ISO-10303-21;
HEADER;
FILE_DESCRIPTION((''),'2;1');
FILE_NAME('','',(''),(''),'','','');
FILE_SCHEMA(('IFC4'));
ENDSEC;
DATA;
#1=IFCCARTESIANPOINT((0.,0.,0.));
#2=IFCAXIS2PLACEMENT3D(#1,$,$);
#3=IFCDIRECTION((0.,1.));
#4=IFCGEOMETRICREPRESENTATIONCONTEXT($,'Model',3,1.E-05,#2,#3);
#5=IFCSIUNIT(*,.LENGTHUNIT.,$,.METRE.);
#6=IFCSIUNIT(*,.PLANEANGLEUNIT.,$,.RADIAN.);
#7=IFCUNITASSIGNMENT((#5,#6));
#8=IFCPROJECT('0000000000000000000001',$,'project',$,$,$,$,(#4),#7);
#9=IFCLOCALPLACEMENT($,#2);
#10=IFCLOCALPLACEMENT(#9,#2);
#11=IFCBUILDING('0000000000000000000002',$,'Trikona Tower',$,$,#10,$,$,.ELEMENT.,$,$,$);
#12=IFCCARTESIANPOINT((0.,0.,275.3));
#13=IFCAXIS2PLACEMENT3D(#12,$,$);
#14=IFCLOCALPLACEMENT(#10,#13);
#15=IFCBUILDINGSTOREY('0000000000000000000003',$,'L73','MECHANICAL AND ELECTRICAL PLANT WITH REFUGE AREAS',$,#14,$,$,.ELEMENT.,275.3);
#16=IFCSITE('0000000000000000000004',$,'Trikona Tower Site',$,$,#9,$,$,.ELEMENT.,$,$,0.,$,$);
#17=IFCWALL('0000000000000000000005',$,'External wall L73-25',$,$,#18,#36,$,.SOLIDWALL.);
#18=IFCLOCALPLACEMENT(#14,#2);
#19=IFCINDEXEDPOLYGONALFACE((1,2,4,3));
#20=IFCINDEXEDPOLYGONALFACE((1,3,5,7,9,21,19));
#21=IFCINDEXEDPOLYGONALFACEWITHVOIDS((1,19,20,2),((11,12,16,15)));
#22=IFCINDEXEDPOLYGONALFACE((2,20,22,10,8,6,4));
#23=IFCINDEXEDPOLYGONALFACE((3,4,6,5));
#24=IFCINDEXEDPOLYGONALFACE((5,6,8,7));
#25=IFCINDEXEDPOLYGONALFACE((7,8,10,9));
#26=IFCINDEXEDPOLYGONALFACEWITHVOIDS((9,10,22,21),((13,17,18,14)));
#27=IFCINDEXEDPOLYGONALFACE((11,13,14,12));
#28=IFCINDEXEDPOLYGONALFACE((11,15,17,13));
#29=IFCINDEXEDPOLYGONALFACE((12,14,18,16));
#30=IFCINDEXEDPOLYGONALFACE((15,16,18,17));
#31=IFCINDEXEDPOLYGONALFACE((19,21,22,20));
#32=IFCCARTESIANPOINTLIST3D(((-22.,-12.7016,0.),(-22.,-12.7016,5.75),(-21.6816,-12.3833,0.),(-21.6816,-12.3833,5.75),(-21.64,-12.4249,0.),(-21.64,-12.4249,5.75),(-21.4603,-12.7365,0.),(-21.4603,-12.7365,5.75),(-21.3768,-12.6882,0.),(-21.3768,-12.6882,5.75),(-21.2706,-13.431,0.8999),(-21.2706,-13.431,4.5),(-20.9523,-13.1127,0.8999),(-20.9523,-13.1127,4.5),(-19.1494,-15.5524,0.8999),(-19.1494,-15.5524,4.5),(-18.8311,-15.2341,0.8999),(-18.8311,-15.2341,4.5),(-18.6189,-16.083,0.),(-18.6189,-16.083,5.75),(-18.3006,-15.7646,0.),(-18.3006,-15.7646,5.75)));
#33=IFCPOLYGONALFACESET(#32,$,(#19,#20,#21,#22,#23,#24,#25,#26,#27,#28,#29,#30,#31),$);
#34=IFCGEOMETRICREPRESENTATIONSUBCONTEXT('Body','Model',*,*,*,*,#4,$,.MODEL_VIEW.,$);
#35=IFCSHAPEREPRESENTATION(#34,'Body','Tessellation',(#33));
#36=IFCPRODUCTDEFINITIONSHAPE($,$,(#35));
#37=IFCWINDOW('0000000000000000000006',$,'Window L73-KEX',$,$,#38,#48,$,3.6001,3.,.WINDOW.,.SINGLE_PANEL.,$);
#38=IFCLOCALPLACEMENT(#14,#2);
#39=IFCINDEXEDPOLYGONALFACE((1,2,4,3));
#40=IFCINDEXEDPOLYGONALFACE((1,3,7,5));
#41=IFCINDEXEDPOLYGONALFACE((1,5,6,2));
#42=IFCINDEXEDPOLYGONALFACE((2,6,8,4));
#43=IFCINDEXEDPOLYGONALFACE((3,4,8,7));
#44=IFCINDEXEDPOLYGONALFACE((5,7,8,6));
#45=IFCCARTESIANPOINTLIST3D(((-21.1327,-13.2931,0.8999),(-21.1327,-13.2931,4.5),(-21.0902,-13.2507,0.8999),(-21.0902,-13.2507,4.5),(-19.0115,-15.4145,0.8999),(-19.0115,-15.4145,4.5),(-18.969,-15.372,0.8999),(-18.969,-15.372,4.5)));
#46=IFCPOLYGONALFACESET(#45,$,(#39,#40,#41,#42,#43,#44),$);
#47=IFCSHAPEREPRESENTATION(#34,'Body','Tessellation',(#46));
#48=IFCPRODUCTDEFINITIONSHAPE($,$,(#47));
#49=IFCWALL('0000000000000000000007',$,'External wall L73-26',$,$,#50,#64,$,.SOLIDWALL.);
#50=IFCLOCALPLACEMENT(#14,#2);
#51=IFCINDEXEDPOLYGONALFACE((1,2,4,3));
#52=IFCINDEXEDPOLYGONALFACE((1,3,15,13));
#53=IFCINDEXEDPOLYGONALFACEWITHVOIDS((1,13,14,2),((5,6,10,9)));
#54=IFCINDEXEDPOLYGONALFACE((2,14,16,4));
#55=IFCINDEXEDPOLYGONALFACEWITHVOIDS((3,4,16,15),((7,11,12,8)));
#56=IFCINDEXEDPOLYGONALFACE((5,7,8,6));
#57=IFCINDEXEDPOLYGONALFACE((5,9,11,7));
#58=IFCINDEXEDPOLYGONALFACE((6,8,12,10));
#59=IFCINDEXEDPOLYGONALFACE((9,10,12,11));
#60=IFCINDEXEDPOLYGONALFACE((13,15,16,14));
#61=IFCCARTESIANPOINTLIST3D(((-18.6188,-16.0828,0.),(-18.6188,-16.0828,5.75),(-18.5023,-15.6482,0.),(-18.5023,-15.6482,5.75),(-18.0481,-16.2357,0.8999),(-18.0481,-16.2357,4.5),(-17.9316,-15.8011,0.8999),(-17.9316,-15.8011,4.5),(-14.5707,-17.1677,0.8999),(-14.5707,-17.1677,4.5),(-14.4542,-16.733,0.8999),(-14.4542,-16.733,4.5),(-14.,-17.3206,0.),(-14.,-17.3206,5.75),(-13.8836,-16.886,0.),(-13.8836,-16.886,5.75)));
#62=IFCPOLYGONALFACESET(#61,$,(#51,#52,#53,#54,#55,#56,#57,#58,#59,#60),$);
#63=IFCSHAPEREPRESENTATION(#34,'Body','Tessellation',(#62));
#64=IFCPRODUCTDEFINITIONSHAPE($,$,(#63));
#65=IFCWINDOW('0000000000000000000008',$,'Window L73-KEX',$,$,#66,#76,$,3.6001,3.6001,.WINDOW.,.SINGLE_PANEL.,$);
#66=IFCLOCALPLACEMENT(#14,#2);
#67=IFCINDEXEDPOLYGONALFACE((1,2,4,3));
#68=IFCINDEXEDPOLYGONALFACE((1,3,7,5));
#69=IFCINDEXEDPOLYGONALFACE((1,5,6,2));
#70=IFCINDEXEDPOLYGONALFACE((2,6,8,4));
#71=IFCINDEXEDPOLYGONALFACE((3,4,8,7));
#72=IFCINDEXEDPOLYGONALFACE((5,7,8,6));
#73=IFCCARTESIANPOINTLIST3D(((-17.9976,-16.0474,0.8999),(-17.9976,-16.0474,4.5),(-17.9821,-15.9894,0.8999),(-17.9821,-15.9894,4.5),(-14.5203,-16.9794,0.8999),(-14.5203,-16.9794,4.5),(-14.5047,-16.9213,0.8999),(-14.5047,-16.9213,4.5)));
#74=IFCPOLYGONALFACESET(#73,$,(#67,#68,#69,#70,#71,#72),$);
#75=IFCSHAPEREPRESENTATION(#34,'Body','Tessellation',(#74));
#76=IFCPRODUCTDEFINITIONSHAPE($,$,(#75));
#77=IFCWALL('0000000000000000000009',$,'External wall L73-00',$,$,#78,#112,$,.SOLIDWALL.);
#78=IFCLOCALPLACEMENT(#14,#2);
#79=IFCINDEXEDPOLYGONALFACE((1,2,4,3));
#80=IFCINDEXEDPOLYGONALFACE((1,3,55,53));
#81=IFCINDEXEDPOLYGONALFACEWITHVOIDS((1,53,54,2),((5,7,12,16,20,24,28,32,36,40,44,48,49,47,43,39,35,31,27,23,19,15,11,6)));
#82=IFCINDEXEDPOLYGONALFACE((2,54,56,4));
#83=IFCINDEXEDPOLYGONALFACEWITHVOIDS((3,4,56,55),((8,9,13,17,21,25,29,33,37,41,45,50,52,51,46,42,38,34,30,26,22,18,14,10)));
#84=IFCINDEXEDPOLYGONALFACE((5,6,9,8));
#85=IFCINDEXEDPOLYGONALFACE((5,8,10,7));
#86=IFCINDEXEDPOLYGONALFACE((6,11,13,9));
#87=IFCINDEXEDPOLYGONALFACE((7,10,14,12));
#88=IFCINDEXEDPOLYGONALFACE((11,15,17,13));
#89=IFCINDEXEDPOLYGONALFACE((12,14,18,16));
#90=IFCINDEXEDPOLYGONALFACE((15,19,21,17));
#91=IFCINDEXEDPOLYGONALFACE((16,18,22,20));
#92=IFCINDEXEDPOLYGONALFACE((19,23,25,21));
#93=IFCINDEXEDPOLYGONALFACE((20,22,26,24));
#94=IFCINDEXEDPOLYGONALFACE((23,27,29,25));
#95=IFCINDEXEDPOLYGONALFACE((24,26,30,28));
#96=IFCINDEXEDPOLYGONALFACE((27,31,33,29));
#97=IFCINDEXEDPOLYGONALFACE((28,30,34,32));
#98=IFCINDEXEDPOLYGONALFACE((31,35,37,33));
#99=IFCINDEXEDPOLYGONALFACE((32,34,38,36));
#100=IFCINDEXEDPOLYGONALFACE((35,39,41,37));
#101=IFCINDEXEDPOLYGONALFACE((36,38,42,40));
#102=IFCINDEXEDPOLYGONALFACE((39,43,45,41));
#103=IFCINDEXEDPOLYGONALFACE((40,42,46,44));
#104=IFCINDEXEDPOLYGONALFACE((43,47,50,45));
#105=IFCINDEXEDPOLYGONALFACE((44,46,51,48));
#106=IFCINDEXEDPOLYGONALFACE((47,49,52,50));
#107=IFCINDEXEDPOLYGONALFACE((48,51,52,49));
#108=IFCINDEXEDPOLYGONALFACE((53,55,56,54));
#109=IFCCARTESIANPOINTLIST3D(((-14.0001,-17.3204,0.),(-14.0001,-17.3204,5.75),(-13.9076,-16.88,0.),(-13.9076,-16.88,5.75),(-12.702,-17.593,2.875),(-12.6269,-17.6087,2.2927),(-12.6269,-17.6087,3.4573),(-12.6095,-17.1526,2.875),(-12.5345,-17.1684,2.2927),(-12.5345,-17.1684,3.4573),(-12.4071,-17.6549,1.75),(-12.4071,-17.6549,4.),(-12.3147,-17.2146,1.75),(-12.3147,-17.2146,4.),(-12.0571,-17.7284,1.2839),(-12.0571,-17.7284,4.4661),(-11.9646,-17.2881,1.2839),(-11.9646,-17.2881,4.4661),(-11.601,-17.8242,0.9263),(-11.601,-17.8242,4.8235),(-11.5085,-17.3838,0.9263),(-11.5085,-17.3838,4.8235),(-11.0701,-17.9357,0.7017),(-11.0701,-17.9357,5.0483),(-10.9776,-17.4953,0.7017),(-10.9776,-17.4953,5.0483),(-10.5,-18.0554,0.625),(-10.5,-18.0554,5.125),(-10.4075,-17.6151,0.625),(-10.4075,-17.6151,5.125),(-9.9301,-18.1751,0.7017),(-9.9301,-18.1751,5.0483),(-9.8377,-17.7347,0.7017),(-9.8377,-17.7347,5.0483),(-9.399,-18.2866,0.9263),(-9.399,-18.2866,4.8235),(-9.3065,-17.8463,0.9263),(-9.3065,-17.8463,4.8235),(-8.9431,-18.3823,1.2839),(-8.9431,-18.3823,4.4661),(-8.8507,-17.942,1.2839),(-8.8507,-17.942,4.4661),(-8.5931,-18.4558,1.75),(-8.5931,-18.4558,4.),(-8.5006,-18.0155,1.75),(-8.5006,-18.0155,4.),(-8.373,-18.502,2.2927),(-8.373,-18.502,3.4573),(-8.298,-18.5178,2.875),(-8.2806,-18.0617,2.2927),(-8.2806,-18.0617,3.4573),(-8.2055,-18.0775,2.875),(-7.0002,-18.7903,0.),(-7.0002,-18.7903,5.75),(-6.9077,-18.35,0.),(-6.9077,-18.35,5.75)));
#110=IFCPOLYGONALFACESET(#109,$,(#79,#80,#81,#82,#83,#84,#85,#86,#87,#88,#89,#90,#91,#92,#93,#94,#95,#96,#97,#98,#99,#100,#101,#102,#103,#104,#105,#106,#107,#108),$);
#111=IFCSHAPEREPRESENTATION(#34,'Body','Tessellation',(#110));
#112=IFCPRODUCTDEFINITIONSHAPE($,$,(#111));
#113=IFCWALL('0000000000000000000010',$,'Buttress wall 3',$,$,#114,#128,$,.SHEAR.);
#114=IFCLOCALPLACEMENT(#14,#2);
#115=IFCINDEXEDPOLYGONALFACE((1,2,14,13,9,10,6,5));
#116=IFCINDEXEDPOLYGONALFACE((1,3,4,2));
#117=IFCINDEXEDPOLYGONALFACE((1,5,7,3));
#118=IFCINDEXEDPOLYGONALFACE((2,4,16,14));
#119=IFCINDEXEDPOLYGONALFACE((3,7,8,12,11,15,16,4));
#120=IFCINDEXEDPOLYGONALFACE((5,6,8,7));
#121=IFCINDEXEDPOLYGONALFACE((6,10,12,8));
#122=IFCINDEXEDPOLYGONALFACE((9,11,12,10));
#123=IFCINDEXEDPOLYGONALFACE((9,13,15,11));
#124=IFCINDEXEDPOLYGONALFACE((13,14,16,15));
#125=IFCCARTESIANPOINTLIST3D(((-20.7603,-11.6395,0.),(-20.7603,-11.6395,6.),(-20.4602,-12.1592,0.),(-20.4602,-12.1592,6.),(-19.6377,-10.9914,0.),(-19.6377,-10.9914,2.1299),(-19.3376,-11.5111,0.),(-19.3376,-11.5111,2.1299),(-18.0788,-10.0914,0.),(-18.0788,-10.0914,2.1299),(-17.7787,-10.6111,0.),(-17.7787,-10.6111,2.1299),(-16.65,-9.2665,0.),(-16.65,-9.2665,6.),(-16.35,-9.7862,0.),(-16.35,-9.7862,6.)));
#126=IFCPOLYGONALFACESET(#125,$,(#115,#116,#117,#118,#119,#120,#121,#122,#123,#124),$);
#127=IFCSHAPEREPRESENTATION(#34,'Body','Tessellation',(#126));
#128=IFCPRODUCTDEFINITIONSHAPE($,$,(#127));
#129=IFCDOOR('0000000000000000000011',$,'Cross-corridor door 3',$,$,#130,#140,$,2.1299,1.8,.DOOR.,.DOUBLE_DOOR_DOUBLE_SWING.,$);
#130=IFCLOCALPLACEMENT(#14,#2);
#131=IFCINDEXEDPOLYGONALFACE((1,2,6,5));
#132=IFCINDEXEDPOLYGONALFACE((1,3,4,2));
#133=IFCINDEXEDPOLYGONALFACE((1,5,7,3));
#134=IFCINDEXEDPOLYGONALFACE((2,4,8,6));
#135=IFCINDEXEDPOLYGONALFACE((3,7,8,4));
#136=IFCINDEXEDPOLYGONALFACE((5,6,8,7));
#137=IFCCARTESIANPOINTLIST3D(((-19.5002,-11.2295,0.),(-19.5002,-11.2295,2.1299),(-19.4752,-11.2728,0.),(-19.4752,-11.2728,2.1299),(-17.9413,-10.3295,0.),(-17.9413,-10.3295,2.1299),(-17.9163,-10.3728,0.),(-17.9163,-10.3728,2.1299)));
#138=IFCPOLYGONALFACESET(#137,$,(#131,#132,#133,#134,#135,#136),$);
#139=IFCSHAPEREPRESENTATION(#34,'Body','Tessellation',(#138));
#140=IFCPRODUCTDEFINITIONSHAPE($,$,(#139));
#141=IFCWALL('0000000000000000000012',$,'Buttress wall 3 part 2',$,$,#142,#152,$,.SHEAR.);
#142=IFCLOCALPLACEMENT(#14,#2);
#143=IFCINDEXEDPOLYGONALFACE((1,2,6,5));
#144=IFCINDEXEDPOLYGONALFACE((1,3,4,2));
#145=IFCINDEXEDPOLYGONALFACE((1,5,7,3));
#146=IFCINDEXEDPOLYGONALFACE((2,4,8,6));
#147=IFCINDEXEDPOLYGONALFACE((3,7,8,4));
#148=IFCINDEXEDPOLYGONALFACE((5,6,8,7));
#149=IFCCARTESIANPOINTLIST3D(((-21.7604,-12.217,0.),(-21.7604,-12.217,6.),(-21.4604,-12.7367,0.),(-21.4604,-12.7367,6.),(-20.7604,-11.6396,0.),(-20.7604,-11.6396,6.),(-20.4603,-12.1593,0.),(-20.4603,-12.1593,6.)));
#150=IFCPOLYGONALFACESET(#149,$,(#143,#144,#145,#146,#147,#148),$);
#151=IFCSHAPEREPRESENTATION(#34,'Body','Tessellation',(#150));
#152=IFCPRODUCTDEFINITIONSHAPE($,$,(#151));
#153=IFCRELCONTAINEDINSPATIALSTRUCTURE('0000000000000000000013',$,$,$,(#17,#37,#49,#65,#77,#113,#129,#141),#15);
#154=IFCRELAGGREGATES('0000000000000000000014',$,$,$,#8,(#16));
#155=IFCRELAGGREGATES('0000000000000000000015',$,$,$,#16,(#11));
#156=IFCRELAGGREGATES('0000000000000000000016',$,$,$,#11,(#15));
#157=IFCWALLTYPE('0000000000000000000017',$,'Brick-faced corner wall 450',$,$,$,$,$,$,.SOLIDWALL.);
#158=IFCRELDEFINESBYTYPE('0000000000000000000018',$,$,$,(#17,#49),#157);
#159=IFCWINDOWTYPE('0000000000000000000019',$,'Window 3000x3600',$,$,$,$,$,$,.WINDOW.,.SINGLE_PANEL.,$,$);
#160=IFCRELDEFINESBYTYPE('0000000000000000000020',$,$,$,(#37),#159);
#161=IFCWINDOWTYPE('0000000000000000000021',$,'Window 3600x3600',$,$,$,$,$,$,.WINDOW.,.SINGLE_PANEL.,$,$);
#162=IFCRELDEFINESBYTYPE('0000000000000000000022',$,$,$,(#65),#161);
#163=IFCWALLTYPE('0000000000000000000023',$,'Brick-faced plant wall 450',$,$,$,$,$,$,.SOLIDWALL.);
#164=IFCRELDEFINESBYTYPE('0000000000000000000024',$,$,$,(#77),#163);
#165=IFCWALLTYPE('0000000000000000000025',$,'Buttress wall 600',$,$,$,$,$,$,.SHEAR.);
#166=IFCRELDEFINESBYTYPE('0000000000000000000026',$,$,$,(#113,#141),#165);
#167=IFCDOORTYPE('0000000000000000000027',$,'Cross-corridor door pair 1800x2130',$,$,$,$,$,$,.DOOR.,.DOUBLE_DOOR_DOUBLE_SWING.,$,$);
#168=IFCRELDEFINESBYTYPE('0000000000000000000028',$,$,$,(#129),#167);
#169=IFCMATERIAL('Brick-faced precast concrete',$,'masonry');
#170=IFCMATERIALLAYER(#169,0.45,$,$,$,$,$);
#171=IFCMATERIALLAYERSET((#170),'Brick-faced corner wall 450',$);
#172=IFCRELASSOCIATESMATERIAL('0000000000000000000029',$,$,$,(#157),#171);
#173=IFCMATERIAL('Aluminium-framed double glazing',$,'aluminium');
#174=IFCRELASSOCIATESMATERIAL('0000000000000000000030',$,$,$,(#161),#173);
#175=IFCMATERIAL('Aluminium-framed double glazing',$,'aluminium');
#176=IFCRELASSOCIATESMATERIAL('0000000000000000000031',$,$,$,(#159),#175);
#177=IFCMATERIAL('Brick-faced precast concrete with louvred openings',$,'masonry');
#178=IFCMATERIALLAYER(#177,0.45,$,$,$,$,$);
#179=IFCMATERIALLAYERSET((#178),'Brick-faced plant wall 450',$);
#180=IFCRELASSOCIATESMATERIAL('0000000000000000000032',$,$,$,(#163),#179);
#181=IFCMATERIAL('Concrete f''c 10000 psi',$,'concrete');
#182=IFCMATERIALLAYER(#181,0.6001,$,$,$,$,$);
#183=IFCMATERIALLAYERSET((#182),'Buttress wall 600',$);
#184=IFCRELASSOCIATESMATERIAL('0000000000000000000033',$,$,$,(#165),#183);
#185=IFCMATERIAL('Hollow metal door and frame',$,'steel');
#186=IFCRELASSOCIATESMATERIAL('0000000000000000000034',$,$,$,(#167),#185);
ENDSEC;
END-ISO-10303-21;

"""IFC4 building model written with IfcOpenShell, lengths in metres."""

from ifc_helpers import new_model, si_unit, direction, frame, frame_2d, origin, place, context, subcontext, project, spatial, polyline, rectangle, outline, extrude, material, layer, layer_set, type_object, element, fill, save


model = new_model("IFC4")

# Units and contexts
model_context = context("Model", 3, precision=1e-05, world=origin(), true_north=direction((0.0, 1.0)))
body_context = subcontext(model_context, "Body", "Model", "MODEL_VIEW")
ifc_project = project(units=[si_unit("LENGTHUNIT", "METRE"), si_unit("PLANEANGLEUNIT", "RADIAN")], contexts=[model_context])

# Site, building, storey
site_placement = place(None, origin())
site = spatial("IfcSite", under=ifc_project, at=site_placement, Name="Trikona Tower Site", CompositionType="ELEMENT", RefElevation=0.0)
building_placement = place(site_placement, origin())
building = spatial("IfcBuilding", under=site, at=building_placement, Name="Trikona Tower", CompositionType="ELEMENT")
storey_placement = place(building_placement, frame((0.0, 0.0, 275.3)))
storey = spatial("IfcBuildingStorey", under=building, at=storey_placement, Name="L73", Description="MECHANICAL AND ELECTRICAL PLANT WITH REFUGE AREAS", CompositionType="ELEMENT", Elevation=275.3)

# Walls, openings, windows
ifc_material_1 = material(Name="Brick-faced precast concrete", Category="masonry")
ifc_layer_1 = layer(ifc_material_1, 0.45)
ifc_layer_set_1 = layer_set([ifc_layer_1], Name="Brick-faced corner wall 450")
wall_type_1 = type_object("IfcWallType", Name="Brick-faced corner wall 450", PredefinedType="SOLIDWALL", material=ifc_layer_set_1)
ifc_material_2 = material(Name="Aluminium-framed double glazing", Category="aluminium")
window_type_1 = type_object("IfcWindowType", Name="Window 3600x3600", PartitioningType="SINGLE_PANEL", PredefinedType="WINDOW", material=ifc_material_2)
ifc_material_3 = material(Name="Aluminium-framed double glazing", Category="aluminium")
window_type_2 = type_object("IfcWindowType", Name="Window 3000x3600", PartitioningType="SINGLE_PANEL", PredefinedType="WINDOW", material=ifc_material_3)
wall_1_placement = place(storey_placement, frame((-21.8408, -12.5425, 0.0), z_axis=(0.0, 0.0, 1.0), x_axis=(0.707081, -0.707132, 0.0)))
wall_1 = element("IfcWall", 1, at=wall_1_placement, inside=storey, type_object=wall_type_1, Name="External wall L73-25", PredefinedType="SOLIDWALL", context=body_context, shape_type="SweptSolid", body=[
    extrude(outline(polyline([(4.7817, 0.2251), (0.4312, 0.2251), (0.4062, 0.1318), (0.0588, 0.2251), (0.0, 0.2251), (0.0, -0.2251), (4.7817, -0.2251), (4.7817, 0.2251)])), origin(), (0.0, 0.0, 1.0), 5.75),
])
opening_1_placement = place(wall_1_placement, frame((1.0315, 0.0, 0.8999)))
opening_1 = element("IfcOpeningElement", 2, at=opening_1_placement, cuts=wall_1, PredefinedType="OPENING", context=body_context, shape_type="SweptSolid", body=[
    extrude(rectangle(XDim=3.0, YDim=3.6001, at=frame_2d((1.5, 1.8))), frame((0.0, 0.2349, 0.0), z_axis=(0.0, -1.0, 0.0), x_axis=(1.0, 0.0, 0.0)), (0.0, 0.0, 1.0), 0.47),
])
window_1_placement = place(opening_1_placement, origin())
window_1 = element("IfcWindow", 3, at=window_1_placement, inside=storey, type_object=window_type_2, Name="Window L73-KEX", OverallHeight=3.6001, OverallWidth=3.0, PartitioningType="SINGLE_PANEL", PredefinedType="WINDOW", context=body_context, shape_type="SweptSolid", body=[
    extrude(rectangle(XDim=3.0, YDim=3.6001, at=frame_2d((1.5, 1.8))), frame((0.0, 0.03, 0.0), z_axis=(0.0, -1.0, 0.0), x_axis=(1.0, 0.0, 0.0)), (0.0, 0.0, 1.0), 0.0601),
])
fill(opening_1, window_1)
wall_2_placement = place(storey_placement, frame((-18.5605, -15.8655, 0.0), z_axis=(0.0, 0.0, 1.0), x_axis=(0.965914, -0.258864, 0.0)))
wall_2 = element("IfcWall", 4, at=wall_2_placement, inside=storey, type_object=wall_type_1, Name="External wall L73-26", PredefinedType="SOLIDWALL", context=body_context, shape_type="SweptSolid", body=[
    extrude(rectangle(XDim=4.7817, YDim=0.45, at=frame_2d((2.3909, 0.0))), origin(), (0.0, 0.0, 1.0), 5.75),
])
opening_2_placement = place(wall_2_placement, frame((0.5908, 0.0, 0.8999)))
opening_2 = element("IfcOpeningElement", 5, at=opening_2_placement, cuts=wall_2, PredefinedType="OPENING", context=body_context, shape_type="SweptSolid", body=[
    extrude(rectangle(XDim=3.6001, YDim=3.6001, at=frame_2d((1.8, 1.8))), frame((0.0, 0.2349, 0.0), z_axis=(0.0, -1.0, 0.0), x_axis=(1.0, 0.0, 0.0)), (0.0, 0.0, 1.0), 0.47),
])
window_2_placement = place(opening_2_placement, origin())
window_2 = element("IfcWindow", 6, at=window_2_placement, inside=storey, type_object=window_type_1, Name="Window L73-KEX", OverallHeight=3.6001, OverallWidth=3.6001, PartitioningType="SINGLE_PANEL", PredefinedType="WINDOW", context=body_context, shape_type="SweptSolid", body=[
    extrude(rectangle(XDim=3.6001, YDim=3.6001, at=frame_2d((1.8, 1.8))), frame((0.0, 0.03, 0.0), z_axis=(0.0, -1.0, 0.0), x_axis=(1.0, 0.0, 0.0)), (0.0, 0.0, 1.0), 0.0601),
])
fill(opening_2, window_2)

# Wall
ifc_material_4 = material(Name="Brick-faced precast concrete with louvred openings", Category="masonry")
ifc_layer_2 = layer(ifc_material_4, 0.45)
ifc_layer_set_2 = layer_set([ifc_layer_2], Name="Brick-faced plant wall 450")
wall_type_2 = type_object("IfcWallType", Name="Brick-faced plant wall 450", PredefinedType="SOLIDWALL", material=ifc_layer_set_2)
wall_3_placement = place(storey_placement, frame((-13.9539, -17.1003, 0.0), z_axis=(0.0, 0.0, 1.0), x_axis=(0.978654, -0.205513, 0.0)))
element("IfcWall", 7, at=wall_3_placement, inside=storey, type_object=wall_type_2, Name="External wall L73-00", PredefinedType="SOLIDWALL", context=body_context, shape_type="SweptSolid", body=[
    extrude(outline(polyline([(0.0, 0.0), (7.1526, 0.0), (7.1526, 5.75), (0.0, 5.75), (0.0, 0.0)]), holes=[polyline([(5.8264, 2.875), (5.7498, 3.4573), (5.5249, 4.0), (5.1672, 4.4661), (4.7014, 4.8235), (4.1587, 5.0483), (3.5764, 5.125), (2.9939, 5.0483), (2.4514, 4.8235), (1.9854, 4.4661), (1.6277, 4.0), (1.4031, 3.4573), (1.3264, 2.875), (1.4031, 2.2927), (1.6277, 1.75), (1.9854, 1.2839), (2.4514, 0.9263), (2.9939, 0.7017), (3.5764, 0.625), (4.1587, 0.7017), (4.7014, 0.9263), (5.1672, 1.2839), (5.5249, 1.75), (5.7498, 2.2927), (5.8264, 2.875)])]), frame((0.0, 0.2251, 0.0), z_axis=(0.0, -1.0, 0.0), x_axis=(1.0, 0.0, 0.0)), (0.0, 0.0, 1.0), 0.45),
])

# Wall, opening, door
ifc_material_5 = material(Name="Concrete f'c 10000 psi", Category="concrete")
ifc_layer_3 = layer(ifc_material_5, 0.6001)
ifc_layer_set_3 = layer_set([ifc_layer_3], Name="Buttress wall 600")
wall_type_3 = type_object("IfcWallType", Name="Buttress wall 600", PredefinedType="SHEAR", material=ifc_layer_set_3)
wall_4_placement = place(storey_placement, frame((-16.5, -9.5264, 0.0), z_axis=(0.0, 0.0, 1.0), x_axis=(-0.866031, -0.49999, 0.0)))
wall_4 = element("IfcWall", 8, at=wall_4_placement, inside=storey, type_object=wall_type_3, Name="Buttress wall 3", PredefinedType="SHEAR", context=body_context, shape_type="SweptSolid", body=[
    extrude(rectangle(XDim=4.7461, YDim=0.6001, at=frame_2d((2.373, 0.0))), origin(), (0.0, 0.0, 1.0), 6.0),
])
opening_3_placement = place(wall_4_placement, frame((1.6499, 0.0, 0.0)))
opening_3 = element("IfcOpeningElement", 9, at=opening_3_placement, cuts=wall_4, PredefinedType="OPENING", context=body_context, shape_type="SweptSolid", body=[
    extrude(rectangle(XDim=1.8, YDim=2.1299, at=frame_2d((0.8999, 1.0649))), frame((0.0, 0.3101, 0.0), z_axis=(0.0, -1.0, 0.0), x_axis=(1.0, 0.0, 0.0)), (0.0, 0.0, 1.0), 0.6201),
])
ifc_material_6 = material(Name="Hollow metal door and frame", Category="steel")
door_type_1 = type_object("IfcDoorType", Name="Cross-corridor door pair 1800x2130", OperationType="DOUBLE_DOOR_DOUBLE_SWING", PredefinedType="DOOR", material=ifc_material_6)
door_1_placement = place(opening_3_placement, origin())
door_1 = element("IfcDoor", 10, at=door_1_placement, inside=storey, type_object=door_type_1, Name="Cross-corridor door 3", OperationType="DOUBLE_DOOR_DOUBLE_SWING", OverallHeight=2.1299, OverallWidth=1.8, PredefinedType="DOOR", context=body_context, shape_type="SweptSolid", body=[
    extrude(rectangle(XDim=1.8, YDim=2.1299, at=frame_2d((0.8999, 1.0649))), frame((0.0, 0.0249, 0.0), z_axis=(0.0, -1.0, 0.0), x_axis=(1.0, 0.0, 0.0)), (0.0, 0.0, 1.0), 0.05),
])
fill(opening_3, door_1)

# Wall
wall_5_placement = place(storey_placement, frame((-20.6104, -11.8994, 0.0), z_axis=(0.0, 0.0, 1.0), x_axis=(-0.86601, -0.500027, 0.0)))
element("IfcWall", 11, at=wall_5_placement, inside=storey, type_object=wall_type_3, Name="Buttress wall 3 part 2", PredefinedType="SHEAR", context=body_context, shape_type="SweptSolid", body=[
    extrude(rectangle(XDim=1.1548, YDim=0.6001, at=frame_2d((0.5774, 0.0))), origin(), (0.0, 0.0, 1.0), 6.0),
])

save(model, "model.ifc")
